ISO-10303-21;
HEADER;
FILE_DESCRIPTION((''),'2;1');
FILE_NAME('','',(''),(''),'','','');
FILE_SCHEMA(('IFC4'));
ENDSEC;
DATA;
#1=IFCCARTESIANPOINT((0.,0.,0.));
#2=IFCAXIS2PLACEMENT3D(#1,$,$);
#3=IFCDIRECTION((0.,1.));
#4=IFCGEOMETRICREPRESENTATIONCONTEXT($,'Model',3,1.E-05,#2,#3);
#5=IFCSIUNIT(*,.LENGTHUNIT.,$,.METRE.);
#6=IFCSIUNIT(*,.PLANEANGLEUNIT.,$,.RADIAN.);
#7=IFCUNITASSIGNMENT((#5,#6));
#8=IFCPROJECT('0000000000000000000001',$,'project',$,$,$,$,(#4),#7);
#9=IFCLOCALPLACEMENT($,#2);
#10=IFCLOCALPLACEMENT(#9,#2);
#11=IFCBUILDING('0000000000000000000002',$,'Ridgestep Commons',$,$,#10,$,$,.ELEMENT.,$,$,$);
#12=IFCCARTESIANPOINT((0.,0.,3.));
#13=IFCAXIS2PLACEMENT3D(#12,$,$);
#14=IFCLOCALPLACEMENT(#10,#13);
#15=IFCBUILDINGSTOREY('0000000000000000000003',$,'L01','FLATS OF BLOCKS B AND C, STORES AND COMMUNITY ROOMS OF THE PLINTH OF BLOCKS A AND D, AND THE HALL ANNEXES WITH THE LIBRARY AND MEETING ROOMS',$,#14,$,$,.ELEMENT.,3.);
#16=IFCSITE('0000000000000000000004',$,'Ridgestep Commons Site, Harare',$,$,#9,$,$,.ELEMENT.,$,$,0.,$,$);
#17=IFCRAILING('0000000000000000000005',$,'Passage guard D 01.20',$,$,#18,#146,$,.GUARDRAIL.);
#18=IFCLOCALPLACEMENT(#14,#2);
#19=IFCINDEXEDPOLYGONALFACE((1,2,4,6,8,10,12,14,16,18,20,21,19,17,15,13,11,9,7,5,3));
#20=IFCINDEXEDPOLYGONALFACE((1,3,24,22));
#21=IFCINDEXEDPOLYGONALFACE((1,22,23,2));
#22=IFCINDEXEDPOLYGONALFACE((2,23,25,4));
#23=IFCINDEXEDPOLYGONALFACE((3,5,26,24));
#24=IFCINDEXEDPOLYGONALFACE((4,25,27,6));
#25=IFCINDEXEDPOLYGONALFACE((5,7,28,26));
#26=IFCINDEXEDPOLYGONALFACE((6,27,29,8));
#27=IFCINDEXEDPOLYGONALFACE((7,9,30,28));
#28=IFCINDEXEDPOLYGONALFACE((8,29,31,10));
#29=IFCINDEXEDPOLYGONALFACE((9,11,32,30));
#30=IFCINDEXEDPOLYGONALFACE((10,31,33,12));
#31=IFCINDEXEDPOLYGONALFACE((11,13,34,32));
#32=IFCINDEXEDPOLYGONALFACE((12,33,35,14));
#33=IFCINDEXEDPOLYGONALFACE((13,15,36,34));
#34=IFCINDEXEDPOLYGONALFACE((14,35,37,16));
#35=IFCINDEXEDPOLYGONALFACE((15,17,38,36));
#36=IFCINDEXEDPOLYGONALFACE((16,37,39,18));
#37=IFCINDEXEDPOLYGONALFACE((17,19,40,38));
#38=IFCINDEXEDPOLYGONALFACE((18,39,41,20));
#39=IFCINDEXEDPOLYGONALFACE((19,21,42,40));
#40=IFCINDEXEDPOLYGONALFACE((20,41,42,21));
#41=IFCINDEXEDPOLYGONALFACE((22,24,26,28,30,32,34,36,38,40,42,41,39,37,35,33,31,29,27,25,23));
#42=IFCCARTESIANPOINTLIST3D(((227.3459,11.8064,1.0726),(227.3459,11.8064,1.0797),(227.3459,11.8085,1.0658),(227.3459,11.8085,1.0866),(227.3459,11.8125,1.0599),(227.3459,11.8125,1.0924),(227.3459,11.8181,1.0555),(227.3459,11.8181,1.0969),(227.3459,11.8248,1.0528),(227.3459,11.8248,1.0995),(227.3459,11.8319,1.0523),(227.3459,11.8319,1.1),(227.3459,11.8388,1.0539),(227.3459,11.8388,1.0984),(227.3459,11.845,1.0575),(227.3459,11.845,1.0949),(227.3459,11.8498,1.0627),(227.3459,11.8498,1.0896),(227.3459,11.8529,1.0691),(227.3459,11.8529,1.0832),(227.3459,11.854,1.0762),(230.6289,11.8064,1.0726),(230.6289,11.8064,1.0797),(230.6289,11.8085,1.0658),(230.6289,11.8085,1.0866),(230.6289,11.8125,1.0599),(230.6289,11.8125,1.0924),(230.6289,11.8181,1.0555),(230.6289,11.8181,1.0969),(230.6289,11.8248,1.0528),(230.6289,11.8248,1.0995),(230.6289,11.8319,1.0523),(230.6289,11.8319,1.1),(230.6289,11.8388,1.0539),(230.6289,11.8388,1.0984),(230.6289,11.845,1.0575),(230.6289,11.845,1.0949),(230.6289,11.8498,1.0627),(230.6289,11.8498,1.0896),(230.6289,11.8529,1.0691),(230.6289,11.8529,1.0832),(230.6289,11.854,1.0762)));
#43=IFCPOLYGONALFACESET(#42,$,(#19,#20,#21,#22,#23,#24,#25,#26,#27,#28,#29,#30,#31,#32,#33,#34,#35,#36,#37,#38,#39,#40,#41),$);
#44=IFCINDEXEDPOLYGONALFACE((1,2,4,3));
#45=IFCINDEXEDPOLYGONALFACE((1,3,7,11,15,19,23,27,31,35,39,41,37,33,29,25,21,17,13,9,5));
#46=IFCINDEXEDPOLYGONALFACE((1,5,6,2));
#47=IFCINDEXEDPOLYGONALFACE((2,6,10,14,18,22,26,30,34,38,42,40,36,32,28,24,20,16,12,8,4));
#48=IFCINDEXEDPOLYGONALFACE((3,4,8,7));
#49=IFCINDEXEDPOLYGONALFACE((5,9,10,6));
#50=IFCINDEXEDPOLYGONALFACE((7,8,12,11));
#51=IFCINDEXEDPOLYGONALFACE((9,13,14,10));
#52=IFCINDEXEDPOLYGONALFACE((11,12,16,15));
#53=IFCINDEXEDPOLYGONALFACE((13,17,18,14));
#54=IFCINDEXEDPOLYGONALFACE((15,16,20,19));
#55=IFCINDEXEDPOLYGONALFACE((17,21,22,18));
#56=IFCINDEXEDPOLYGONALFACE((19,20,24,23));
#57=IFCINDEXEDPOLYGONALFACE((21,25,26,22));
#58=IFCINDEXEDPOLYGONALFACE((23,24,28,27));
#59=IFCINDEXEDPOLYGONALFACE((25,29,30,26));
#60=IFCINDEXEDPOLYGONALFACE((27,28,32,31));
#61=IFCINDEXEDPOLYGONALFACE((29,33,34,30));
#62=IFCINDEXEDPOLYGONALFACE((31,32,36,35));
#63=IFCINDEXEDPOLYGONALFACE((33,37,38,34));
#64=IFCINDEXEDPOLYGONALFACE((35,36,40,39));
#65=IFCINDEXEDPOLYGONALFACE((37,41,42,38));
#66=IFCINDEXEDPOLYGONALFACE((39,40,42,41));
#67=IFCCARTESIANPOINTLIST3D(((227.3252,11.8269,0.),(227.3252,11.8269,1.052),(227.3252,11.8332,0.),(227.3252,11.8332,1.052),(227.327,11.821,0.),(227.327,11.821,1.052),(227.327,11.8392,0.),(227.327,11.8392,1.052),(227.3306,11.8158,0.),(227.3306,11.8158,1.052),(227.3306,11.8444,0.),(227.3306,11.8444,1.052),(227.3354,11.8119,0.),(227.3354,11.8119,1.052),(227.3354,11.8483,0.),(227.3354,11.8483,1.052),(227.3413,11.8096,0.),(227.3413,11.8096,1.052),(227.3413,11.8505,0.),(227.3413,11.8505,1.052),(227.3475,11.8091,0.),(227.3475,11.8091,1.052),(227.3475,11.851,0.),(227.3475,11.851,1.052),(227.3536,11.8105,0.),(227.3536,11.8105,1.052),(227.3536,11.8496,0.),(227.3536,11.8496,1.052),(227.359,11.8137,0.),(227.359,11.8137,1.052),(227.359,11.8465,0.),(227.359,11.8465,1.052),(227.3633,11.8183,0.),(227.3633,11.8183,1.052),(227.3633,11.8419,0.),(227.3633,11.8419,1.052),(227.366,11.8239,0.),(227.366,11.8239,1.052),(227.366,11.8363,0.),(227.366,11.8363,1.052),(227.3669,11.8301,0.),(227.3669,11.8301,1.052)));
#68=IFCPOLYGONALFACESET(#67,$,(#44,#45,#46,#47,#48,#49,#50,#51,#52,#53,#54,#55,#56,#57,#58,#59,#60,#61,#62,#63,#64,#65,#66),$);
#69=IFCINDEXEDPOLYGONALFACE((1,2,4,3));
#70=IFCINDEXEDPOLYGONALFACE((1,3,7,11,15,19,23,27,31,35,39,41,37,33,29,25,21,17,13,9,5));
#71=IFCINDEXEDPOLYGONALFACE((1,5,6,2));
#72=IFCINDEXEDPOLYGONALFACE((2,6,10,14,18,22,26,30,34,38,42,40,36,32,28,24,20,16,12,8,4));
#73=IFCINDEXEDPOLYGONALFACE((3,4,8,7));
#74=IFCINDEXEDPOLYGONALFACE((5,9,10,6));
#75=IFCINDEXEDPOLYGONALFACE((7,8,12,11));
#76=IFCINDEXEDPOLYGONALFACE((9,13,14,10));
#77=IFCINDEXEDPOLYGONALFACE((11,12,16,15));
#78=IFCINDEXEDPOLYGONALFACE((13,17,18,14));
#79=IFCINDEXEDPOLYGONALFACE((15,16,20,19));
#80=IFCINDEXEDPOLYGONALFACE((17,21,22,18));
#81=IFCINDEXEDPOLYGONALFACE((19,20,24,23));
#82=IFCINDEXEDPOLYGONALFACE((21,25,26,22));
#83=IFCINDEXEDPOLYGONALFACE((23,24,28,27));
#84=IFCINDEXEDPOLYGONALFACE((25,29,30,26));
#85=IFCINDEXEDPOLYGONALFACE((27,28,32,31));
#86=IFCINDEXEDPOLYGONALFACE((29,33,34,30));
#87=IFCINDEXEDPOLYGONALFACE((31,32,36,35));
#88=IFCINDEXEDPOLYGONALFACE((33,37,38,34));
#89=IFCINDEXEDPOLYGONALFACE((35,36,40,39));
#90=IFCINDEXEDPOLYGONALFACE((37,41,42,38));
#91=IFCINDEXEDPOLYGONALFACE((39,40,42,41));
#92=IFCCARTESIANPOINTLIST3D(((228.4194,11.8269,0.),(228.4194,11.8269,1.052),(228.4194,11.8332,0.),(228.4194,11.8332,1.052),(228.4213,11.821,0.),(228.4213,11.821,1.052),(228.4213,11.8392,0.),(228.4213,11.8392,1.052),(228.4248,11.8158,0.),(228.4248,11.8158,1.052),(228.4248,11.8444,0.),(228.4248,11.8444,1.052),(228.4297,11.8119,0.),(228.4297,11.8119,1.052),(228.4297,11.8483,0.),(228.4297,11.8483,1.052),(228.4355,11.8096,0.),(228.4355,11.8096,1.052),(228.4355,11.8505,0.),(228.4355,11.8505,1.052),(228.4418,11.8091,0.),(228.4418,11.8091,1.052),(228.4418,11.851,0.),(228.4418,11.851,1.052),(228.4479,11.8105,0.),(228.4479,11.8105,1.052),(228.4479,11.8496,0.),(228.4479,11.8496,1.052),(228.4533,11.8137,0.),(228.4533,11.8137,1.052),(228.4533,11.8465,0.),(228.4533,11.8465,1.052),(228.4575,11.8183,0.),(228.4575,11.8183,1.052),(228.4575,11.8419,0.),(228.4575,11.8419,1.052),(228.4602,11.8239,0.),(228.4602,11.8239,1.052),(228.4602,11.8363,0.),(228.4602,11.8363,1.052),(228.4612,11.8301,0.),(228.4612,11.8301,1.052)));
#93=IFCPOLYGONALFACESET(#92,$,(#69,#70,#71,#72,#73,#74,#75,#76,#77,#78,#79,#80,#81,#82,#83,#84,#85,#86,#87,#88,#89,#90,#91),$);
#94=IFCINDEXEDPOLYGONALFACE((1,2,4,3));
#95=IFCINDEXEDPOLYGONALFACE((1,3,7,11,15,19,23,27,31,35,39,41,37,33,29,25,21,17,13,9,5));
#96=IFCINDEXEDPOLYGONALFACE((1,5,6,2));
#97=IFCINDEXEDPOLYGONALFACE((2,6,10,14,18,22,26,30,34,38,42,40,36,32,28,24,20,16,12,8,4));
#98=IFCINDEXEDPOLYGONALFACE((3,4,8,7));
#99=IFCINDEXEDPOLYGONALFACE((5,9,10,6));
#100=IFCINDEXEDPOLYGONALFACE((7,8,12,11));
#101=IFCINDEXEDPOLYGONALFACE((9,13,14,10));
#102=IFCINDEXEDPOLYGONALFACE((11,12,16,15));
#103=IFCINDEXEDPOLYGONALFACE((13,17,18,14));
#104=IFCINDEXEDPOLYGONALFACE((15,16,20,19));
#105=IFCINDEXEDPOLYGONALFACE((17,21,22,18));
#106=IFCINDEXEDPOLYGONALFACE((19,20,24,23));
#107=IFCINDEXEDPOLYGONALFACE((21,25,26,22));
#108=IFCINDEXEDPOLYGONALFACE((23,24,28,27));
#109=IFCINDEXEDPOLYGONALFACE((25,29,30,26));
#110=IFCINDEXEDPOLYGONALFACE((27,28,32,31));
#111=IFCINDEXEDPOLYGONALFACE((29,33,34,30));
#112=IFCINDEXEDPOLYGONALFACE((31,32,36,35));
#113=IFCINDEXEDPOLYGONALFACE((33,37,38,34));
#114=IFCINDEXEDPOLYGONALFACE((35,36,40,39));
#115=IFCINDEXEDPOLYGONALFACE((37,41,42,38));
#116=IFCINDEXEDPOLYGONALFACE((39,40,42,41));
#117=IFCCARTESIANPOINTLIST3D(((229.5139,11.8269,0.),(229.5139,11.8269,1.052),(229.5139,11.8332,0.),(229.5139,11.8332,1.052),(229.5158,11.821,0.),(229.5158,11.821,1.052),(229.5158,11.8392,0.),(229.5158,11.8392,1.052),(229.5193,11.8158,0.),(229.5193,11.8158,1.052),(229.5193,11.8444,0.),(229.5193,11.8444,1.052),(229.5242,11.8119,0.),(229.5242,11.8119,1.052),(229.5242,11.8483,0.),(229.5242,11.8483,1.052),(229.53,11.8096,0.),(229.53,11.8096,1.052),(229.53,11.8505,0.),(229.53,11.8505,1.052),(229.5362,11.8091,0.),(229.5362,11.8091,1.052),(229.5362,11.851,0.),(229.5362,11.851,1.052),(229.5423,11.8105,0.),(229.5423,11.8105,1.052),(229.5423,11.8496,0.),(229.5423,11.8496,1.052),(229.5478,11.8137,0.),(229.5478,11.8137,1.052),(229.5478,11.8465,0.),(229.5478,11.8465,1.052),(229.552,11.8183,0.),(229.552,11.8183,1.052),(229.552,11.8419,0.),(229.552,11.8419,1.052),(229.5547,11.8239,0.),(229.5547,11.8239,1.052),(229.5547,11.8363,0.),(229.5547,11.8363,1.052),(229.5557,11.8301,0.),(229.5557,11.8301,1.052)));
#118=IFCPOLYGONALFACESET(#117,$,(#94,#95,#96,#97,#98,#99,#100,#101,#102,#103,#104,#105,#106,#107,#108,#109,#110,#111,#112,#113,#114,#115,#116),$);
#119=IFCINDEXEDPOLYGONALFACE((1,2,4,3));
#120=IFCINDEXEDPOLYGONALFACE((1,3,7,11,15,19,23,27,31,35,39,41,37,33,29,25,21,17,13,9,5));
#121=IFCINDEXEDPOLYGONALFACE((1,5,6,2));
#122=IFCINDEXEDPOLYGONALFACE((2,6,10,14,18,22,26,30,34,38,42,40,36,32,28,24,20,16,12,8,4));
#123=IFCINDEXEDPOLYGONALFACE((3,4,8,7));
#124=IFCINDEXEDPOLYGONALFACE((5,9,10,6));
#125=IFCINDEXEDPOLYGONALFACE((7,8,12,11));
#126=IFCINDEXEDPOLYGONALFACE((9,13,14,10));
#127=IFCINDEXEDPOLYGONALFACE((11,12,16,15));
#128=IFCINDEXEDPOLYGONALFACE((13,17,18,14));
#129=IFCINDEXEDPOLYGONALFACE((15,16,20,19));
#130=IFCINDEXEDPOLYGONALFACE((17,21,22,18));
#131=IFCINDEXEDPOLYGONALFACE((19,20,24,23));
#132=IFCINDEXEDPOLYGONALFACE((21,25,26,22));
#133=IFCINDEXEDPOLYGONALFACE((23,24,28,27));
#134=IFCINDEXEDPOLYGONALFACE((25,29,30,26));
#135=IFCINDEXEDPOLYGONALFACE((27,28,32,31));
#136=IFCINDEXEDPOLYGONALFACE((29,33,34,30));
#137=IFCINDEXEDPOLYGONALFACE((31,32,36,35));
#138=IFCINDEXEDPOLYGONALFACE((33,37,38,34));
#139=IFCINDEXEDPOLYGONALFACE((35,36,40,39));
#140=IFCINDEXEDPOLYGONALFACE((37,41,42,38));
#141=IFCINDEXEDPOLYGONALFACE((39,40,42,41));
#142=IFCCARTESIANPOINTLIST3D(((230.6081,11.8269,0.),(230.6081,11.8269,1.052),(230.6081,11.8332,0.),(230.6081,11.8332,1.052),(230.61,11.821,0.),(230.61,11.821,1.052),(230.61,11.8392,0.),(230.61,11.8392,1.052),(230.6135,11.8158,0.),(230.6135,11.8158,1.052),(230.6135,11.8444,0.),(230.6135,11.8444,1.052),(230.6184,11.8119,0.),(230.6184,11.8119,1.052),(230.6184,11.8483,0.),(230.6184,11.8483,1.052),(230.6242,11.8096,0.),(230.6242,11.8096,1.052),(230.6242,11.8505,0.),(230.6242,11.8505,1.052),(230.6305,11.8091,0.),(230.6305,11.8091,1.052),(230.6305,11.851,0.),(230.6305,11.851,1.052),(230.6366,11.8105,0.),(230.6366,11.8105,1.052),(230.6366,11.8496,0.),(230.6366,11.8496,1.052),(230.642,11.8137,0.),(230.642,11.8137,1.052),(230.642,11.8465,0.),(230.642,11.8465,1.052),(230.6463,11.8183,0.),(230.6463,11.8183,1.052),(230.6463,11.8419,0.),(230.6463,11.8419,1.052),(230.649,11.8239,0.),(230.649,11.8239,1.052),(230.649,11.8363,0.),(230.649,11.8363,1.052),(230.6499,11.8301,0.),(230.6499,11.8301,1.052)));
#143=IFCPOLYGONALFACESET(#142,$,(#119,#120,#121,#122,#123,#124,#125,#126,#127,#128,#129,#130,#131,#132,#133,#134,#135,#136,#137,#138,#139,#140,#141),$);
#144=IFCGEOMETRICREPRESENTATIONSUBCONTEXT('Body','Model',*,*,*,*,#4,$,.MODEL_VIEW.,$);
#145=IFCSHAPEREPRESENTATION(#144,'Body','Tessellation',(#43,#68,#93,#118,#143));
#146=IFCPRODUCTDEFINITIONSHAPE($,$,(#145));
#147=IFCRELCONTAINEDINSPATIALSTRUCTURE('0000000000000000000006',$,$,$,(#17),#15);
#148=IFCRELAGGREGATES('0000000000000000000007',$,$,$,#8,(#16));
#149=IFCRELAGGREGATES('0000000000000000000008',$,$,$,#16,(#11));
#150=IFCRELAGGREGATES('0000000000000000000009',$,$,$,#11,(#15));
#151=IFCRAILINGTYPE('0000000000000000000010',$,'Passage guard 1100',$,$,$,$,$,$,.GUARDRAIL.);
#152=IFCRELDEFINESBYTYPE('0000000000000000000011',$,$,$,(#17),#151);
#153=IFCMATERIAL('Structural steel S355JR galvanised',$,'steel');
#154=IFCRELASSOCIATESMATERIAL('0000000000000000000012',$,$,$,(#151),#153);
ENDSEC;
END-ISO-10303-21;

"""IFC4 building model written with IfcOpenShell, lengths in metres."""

from ifc_helpers import new_model, si_unit, direction, frame, origin, origin_2d, place, context, subcontext, project, spatial, circle, extrude, material, type_object, element, save


model = new_model("IFC4")

# Units and contexts
model_context = context("Model", 3, precision=1e-05, world=origin(), true_north=direction((0.0, 1.0)))
body_context = subcontext(model_context, "Body", "Model", "MODEL_VIEW")
ifc_project = project(units=[si_unit("LENGTHUNIT", "METRE"), si_unit("PLANEANGLEUNIT", "RADIAN")], contexts=[model_context])

# Site, building, storey
site_placement = place(None, origin())
site = spatial("IfcSite", under=ifc_project, at=site_placement, Name="Ridgestep Commons Site, Harare", CompositionType="ELEMENT", RefElevation=0.0)
building_placement = place(site_placement, origin())
building = spatial("IfcBuilding", under=site, at=building_placement, Name="Ridgestep Commons", CompositionType="ELEMENT")
storey_placement = place(building_placement, frame((0.0, 0.0, 3.0)))
storey = spatial("IfcBuildingStorey", under=building, at=storey_placement, Name="L01", Description="FLATS OF BLOCKS B AND C, STORES AND COMMUNITY ROOMS OF THE PLINTH OF BLOCKS A AND D, AND THE HALL ANNEXES WITH THE LIBRARY AND MEETING ROOMS", CompositionType="ELEMENT", Elevation=3.0)

# Railing
ifc_material_1 = material(Name="Structural steel S355JR galvanised", Category="steel")
railing_type_1 = type_object("IfcRailingType", Name="Passage guard 1100", PredefinedType="GUARDRAIL", material=ifc_material_1)
railing_1_placement = place(storey_placement, frame((227.3459, 11.8301, 0.0)))
element("IfcRailing", 1, at=railing_1_placement, inside=storey, type_object=railing_type_1, Name="Passage guard D 01.20", PredefinedType="GUARDRAIL", context=body_context, shape_type="SweptSolid", body=[
    extrude(circle(Radius=0.0239, at=origin_2d()), frame((0.0, 0.0, 1.0762), z_axis=(1.0, 0.0, 0.0), x_axis=(0.0, 1.0, 0.0)), (0.0, 0.0, 1.0), 3.283),
    extrude(circle(Radius=0.021, at=origin_2d()), origin(), (0.0, 0.0, 1.0), 1.052),
    extrude(circle(Radius=0.021, at=origin_2d()), frame((1.0942, 0.0, 0.0)), (0.0, 0.0, 1.0), 1.052),
    extrude(circle(Radius=0.021, at=origin_2d()), frame((2.1887, 0.0, 0.0)), (0.0, 0.0, 1.0), 1.052),
    extrude(circle(Radius=0.021, at=origin_2d()), frame((3.283, 0.0, 0.0)), (0.0, 0.0, 1.0), 1.052),
])

save(model, "model.ifc")
